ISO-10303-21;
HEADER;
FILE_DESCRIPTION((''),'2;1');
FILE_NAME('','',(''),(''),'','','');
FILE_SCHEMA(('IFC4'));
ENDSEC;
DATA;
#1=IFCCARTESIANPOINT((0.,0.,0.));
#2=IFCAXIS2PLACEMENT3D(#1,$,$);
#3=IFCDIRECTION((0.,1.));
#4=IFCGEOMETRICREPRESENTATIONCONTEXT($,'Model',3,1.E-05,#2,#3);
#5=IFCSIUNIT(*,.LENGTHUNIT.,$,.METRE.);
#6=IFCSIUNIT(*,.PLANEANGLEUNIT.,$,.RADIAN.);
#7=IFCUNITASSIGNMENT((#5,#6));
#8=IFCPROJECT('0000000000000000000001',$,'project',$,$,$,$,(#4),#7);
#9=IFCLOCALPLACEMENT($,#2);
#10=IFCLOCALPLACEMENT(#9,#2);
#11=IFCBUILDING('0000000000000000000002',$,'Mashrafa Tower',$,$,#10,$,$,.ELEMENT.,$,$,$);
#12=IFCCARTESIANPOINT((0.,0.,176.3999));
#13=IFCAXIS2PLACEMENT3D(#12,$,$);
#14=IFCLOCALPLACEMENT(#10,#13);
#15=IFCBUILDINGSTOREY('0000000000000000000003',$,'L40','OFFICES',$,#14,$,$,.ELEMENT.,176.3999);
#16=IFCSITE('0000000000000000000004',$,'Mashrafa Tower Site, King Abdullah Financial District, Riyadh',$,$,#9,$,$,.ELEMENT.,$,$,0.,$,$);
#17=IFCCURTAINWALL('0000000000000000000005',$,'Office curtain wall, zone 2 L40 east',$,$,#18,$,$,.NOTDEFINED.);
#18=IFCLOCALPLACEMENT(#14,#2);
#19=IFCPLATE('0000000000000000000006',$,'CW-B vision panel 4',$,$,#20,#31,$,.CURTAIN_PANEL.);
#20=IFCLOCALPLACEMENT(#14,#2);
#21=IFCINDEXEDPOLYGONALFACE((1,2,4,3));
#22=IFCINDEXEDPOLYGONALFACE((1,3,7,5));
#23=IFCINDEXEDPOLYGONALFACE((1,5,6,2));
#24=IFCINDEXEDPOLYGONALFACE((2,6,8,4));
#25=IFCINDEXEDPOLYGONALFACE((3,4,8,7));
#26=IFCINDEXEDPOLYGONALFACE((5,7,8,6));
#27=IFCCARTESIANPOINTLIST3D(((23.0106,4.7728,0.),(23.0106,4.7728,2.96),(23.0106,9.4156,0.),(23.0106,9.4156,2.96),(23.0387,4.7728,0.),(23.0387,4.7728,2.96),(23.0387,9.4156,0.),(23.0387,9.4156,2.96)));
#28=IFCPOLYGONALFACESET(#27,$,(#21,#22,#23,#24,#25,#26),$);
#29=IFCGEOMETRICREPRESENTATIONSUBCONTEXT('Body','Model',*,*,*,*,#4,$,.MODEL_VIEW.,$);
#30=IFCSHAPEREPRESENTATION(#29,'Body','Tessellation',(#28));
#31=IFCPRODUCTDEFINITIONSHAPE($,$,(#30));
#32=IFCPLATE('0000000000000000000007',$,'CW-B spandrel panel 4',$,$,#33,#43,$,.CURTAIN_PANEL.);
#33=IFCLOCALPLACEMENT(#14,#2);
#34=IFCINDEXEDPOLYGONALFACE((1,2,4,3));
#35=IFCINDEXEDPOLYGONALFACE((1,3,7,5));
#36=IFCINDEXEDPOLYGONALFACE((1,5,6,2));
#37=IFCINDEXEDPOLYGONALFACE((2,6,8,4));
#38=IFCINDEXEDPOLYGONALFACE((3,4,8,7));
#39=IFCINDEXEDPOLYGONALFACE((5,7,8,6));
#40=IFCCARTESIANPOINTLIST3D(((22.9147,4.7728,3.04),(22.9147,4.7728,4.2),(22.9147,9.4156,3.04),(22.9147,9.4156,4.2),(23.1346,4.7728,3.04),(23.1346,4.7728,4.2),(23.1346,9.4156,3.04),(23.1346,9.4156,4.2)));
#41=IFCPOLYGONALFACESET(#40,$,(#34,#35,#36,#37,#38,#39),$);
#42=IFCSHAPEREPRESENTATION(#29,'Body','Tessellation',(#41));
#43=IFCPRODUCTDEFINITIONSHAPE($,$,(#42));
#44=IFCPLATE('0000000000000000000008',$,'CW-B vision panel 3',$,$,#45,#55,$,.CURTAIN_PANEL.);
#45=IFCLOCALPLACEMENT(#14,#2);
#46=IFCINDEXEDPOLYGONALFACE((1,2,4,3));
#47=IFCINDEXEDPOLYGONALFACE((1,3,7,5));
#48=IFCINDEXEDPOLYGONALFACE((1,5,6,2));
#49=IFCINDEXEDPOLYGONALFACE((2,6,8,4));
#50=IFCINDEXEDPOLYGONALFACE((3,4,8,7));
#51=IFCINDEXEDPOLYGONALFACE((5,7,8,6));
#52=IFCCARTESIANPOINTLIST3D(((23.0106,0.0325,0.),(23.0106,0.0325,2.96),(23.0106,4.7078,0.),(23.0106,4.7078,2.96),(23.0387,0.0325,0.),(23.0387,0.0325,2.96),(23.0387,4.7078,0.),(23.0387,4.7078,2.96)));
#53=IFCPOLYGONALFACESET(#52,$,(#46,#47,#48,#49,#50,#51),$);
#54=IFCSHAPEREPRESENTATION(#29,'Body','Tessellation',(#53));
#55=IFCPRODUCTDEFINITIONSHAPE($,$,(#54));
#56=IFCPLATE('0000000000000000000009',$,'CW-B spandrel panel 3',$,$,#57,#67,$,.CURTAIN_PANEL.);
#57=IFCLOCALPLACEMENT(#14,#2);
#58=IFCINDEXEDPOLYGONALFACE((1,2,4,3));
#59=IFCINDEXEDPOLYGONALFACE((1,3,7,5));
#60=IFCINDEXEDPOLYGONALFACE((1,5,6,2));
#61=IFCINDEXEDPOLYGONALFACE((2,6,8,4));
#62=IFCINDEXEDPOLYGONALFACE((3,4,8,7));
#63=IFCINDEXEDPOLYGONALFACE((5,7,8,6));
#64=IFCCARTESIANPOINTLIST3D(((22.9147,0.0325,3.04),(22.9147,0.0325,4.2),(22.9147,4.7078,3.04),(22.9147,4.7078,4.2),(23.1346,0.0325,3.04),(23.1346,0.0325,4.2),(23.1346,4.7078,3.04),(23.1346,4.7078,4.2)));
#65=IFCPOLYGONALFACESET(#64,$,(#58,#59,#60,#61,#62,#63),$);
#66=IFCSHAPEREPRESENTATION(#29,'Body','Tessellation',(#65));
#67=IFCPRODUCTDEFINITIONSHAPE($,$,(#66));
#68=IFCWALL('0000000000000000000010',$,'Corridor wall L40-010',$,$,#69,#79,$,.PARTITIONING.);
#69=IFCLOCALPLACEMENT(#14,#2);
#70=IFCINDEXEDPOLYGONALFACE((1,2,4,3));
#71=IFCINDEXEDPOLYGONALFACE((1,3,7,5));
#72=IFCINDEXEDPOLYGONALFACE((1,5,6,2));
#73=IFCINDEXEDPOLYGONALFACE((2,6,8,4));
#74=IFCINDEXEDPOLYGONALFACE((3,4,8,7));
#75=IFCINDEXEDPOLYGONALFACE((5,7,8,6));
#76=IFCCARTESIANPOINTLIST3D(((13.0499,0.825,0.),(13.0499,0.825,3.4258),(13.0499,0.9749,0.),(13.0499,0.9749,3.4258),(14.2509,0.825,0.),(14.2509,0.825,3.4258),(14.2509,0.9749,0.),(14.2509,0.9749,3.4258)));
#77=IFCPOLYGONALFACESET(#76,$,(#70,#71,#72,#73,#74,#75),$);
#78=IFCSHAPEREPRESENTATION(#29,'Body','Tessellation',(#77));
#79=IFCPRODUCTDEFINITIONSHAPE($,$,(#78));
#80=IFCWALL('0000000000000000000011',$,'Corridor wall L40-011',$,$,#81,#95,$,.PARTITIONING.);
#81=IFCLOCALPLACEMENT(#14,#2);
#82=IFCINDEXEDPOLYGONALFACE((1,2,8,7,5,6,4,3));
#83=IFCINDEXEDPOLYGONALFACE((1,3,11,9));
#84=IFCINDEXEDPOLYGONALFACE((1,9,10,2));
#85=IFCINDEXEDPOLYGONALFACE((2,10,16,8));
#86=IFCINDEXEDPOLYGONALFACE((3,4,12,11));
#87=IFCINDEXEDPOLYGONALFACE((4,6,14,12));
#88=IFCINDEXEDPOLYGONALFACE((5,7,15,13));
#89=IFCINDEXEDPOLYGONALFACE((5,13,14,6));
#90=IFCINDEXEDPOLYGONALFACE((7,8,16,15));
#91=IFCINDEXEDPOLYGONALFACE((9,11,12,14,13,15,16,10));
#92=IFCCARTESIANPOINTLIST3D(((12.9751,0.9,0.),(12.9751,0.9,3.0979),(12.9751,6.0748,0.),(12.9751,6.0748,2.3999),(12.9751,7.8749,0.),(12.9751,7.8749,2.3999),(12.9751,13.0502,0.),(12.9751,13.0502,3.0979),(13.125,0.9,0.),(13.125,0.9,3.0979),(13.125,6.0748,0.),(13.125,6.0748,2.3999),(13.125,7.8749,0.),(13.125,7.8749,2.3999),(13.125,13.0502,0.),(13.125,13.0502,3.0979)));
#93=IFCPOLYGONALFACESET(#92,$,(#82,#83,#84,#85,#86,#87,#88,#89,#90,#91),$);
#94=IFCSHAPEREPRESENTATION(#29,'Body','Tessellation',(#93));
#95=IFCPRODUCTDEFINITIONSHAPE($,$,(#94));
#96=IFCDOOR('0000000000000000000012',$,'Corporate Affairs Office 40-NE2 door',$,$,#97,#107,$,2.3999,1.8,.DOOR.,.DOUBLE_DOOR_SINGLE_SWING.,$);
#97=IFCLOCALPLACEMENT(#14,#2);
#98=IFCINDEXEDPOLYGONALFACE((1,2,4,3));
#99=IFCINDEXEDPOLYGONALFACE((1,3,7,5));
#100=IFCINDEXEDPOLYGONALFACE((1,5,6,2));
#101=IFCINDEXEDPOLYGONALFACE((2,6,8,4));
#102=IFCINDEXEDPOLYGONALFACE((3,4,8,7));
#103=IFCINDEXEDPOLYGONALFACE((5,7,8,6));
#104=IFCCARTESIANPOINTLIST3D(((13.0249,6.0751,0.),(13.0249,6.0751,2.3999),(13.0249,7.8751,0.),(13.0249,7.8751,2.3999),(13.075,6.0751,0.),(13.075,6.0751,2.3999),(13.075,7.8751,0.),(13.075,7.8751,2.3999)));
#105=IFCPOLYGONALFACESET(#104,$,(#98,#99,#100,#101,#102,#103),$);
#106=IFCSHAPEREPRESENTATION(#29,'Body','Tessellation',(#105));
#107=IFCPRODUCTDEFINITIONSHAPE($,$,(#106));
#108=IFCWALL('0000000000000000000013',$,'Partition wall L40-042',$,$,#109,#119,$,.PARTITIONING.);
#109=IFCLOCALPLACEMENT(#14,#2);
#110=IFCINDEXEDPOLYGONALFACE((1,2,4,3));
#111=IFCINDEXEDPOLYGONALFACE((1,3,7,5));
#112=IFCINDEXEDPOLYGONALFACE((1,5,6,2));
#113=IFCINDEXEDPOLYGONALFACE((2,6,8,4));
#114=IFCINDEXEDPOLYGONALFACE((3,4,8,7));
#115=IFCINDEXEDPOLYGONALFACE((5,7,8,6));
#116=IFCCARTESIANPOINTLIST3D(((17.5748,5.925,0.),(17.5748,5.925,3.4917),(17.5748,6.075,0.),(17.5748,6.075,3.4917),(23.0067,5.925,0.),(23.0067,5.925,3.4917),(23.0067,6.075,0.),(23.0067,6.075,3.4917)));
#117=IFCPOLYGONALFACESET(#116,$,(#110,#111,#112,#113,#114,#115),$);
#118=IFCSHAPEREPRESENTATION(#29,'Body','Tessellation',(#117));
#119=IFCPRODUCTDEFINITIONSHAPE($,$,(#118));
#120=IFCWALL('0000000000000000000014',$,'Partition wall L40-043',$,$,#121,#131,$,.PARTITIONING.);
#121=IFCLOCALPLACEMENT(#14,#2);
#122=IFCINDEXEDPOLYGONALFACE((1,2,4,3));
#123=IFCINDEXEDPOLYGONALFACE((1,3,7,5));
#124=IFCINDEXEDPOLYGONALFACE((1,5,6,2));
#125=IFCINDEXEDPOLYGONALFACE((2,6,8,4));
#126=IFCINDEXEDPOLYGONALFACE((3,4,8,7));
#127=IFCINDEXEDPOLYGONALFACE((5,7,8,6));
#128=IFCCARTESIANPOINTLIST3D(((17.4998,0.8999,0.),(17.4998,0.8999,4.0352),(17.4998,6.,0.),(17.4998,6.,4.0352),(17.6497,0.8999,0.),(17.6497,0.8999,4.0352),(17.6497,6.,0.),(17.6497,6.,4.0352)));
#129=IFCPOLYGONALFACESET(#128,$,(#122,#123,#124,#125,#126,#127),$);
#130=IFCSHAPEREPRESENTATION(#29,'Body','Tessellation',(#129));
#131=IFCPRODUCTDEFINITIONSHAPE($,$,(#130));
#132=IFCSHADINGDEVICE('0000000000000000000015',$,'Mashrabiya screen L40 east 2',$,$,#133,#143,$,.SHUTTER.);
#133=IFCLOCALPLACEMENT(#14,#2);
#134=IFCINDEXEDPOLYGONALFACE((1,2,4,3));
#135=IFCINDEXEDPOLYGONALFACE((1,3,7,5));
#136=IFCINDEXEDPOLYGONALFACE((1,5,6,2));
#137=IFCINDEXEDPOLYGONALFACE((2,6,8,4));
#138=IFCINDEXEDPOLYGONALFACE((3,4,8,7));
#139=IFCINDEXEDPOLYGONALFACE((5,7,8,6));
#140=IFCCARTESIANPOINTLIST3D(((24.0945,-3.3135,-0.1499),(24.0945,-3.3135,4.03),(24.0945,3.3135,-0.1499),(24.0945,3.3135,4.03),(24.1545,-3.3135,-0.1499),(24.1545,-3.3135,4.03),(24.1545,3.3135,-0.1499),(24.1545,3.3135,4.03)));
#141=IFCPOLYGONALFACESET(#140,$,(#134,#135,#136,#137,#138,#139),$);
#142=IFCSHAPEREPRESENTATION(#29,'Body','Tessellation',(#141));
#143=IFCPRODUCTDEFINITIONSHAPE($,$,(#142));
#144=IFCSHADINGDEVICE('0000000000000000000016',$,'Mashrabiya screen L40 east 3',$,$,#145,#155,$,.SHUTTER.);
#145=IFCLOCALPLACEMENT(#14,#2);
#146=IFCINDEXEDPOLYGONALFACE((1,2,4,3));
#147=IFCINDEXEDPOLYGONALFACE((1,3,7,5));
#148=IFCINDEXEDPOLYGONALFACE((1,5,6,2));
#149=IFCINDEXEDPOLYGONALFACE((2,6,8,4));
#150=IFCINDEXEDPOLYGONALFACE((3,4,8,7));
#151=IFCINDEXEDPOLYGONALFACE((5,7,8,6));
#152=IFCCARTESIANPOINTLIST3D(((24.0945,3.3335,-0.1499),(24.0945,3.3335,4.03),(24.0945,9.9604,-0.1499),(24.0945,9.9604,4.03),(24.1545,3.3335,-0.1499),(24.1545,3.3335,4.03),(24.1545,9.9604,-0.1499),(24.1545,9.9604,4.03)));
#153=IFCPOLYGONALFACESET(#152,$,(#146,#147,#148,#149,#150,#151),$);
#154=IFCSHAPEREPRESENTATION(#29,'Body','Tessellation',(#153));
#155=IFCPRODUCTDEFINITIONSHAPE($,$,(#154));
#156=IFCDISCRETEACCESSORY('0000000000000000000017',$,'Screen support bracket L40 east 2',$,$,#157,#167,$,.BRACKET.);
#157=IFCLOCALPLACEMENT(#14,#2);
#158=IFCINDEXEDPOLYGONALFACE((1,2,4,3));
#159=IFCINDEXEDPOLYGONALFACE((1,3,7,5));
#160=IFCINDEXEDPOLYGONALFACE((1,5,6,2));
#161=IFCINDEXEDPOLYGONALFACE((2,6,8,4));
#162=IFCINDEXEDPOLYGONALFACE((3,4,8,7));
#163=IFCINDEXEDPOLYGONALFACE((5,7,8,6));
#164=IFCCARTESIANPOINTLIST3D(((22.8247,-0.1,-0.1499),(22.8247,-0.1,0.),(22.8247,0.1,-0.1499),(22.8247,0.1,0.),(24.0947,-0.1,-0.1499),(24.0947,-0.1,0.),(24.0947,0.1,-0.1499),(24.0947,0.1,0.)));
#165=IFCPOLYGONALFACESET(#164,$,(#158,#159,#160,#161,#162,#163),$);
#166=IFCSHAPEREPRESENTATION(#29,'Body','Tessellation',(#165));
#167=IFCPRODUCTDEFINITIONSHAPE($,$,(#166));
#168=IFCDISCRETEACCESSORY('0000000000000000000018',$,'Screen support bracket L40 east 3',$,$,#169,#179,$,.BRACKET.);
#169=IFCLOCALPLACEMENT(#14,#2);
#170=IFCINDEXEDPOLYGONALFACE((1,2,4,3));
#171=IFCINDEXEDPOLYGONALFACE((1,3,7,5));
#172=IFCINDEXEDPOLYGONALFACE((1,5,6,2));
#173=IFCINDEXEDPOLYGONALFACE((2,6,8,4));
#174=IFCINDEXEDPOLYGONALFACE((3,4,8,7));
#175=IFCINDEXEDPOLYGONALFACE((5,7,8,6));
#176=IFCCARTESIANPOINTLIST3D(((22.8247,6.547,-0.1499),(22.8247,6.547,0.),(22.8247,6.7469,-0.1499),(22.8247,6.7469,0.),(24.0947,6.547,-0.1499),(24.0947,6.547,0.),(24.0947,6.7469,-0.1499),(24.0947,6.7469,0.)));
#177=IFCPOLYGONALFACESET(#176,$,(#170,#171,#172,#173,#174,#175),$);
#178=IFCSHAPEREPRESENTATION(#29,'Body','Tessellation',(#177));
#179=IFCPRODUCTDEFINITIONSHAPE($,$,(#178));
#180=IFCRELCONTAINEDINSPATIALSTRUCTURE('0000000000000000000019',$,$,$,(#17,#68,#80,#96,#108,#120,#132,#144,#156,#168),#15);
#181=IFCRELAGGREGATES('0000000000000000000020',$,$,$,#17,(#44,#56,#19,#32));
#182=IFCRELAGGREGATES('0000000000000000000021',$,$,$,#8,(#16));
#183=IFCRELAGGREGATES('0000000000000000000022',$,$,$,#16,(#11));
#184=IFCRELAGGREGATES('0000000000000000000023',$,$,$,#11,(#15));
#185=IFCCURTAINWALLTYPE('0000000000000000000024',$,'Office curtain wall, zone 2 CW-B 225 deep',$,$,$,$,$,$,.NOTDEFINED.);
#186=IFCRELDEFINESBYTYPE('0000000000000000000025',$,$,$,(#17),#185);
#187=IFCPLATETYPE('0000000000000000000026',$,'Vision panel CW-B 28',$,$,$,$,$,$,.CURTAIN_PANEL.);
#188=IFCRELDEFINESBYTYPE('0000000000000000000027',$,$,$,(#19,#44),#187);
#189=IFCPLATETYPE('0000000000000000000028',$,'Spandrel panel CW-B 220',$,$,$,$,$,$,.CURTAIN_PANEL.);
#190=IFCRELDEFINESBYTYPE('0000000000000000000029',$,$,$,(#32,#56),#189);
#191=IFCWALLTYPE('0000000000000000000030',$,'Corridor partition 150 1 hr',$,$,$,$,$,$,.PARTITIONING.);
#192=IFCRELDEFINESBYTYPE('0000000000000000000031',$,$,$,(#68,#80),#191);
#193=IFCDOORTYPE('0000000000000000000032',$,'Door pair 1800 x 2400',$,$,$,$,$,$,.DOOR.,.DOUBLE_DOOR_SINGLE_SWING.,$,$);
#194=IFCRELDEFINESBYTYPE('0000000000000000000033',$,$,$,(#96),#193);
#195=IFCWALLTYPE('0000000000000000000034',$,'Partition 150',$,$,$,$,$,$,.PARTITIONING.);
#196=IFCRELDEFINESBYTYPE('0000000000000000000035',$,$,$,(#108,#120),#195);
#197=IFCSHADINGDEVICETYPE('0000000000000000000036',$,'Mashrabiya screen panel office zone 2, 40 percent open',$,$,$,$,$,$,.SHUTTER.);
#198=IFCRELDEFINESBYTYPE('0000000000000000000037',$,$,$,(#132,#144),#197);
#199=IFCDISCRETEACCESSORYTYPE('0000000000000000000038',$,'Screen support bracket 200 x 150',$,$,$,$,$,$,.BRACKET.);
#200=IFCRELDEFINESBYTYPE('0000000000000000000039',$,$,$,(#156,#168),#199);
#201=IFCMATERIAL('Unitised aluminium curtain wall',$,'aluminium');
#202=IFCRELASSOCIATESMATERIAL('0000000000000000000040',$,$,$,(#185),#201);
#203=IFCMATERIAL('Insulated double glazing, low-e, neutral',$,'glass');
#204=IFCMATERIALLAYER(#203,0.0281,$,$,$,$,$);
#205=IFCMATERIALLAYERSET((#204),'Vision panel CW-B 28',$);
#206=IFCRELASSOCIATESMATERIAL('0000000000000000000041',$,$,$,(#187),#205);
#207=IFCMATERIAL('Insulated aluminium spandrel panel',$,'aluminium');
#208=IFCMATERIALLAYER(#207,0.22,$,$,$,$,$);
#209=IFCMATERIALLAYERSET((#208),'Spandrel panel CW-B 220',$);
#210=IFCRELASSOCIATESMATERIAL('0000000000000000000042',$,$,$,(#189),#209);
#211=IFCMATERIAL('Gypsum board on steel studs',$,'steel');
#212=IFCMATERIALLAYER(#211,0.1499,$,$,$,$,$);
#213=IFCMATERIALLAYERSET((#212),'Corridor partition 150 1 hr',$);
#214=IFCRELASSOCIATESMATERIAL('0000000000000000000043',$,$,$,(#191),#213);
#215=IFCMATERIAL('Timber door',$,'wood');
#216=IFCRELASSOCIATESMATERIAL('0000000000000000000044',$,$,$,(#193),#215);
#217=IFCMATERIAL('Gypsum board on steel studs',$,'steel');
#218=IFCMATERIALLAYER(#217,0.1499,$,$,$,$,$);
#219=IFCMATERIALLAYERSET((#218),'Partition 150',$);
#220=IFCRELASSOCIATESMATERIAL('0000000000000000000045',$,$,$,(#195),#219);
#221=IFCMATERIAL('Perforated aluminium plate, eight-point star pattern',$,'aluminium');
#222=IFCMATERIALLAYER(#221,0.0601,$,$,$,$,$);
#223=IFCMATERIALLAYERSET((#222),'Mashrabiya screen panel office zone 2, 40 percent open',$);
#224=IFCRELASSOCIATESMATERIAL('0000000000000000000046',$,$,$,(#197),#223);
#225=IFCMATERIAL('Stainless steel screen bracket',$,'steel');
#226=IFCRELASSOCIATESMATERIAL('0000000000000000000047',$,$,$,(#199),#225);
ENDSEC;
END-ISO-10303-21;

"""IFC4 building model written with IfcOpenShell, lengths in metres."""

from ifc_helpers import new_model, si_unit, direction, frame, frame_2d, origin, origin_2d, place, context, subcontext, project, spatial, rectangle, extrude, source, transform, mapped, material, layer, layer_set, type_object, type_shapes, element, fill, aggregate, save


model = new_model("IFC4")

# Units and contexts
model_context = context("Model", 3, precision=1e-05, world=origin(), true_north=direction((0.0, 1.0)))
body_context = subcontext(model_context, "Body", "Model", "MODEL_VIEW")
ifc_project = project(units=[si_unit("LENGTHUNIT", "METRE"), si_unit("PLANEANGLEUNIT", "RADIAN")], contexts=[model_context])

# Site, building, storey
site_placement = place(None, origin())
site = spatial("IfcSite", under=ifc_project, at=site_placement, Name="Mashrafa Tower Site, King Abdullah Financial District, Riyadh", CompositionType="ELEMENT", RefElevation=0.0)
building_placement = place(site_placement, origin())
building = spatial("IfcBuilding", under=site, at=building_placement, Name="Mashrafa Tower", CompositionType="ELEMENT")
storey_placement = place(building_placement, frame((0.0, 0.0, 176.3999)))
storey = spatial("IfcBuildingStorey", under=building, at=storey_placement, Name="L40", Description="OFFICES", CompositionType="ELEMENT", Elevation=176.3999)

# Curtain wall
ifc_material_1 = material(Name="Unitised aluminium curtain wall", Category="aluminium")
curtain_wall_type = type_object("IfcCurtainWallType", Name="Office curtain wall, zone 2 CW-B 225 deep", PredefinedType="NOTDEFINED", material=ifc_material_1)
curtain_wall_1_placement = place(storey_placement, origin())
curtain_wall_1 = element("IfcCurtainWall", 1, at=curtain_wall_1_placement, inside=storey, type_object=curtain_wall_type, Name="Office curtain wall, zone 2 L40 east", PredefinedType="NOTDEFINED")

# Plates
ifc_material_2 = material(Name="Insulated double glazing, low-e, neutral", Category="glass")
ifc_layer_1 = layer(ifc_material_2, 0.0281)
ifc_layer_set_1 = layer_set([ifc_layer_1], Name="Vision panel CW-B 28")
plate_type_1 = type_object("IfcPlateType", Name="Vision panel CW-B 28", PredefinedType="CURTAIN_PANEL", material=ifc_layer_set_1)
shared_shape_1 = source(origin(), body_context, "Body", "SweptSolid", [
    extrude(rectangle(XDim=4.6428, YDim=0.0281, at=origin_2d()), origin(), (0.0, 0.0, 1.0), 2.96),
])
plate_1_placement = place(storey_placement, frame((23.0247, 7.0942, 0.0), z_axis=(0.0, 0.0, 1.0), x_axis=(0.0, 1.0, 0.0)))
plate_1 = element("IfcPlate", 2, at=plate_1_placement, type_object=plate_type_1, Name="CW-B vision panel 4", PredefinedType="CURTAIN_PANEL", context=body_context, shape_type="MappedRepresentation", body=[
    mapped(shared_shape_1, transform((0.0, 0.0, 0.0))),
])
ifc_material_3 = material(Name="Insulated aluminium spandrel panel", Category="aluminium")
ifc_layer_2 = layer(ifc_material_3, 0.22)
ifc_layer_set_2 = layer_set([ifc_layer_2], Name="Spandrel panel CW-B 220")
plate_type_2 = type_object("IfcPlateType", Name="Spandrel panel CW-B 220", PredefinedType="CURTAIN_PANEL", material=ifc_layer_set_2)
shared_shape_2 = source(origin(), body_context, "Body", "SweptSolid", [
    extrude(rectangle(XDim=4.6428, YDim=0.22, at=origin_2d()), origin(), (0.0, 0.0, 1.0), 1.1599),
])
plate_2_placement = place(storey_placement, frame((23.0247, 7.0942, 3.04), z_axis=(0.0, 0.0, 1.0), x_axis=(0.0, 1.0, 0.0)))
plate_2 = element("IfcPlate", 3, at=plate_2_placement, type_object=plate_type_2, Name="CW-B spandrel panel 4", PredefinedType="CURTAIN_PANEL", context=body_context, shape_type="MappedRepresentation", body=[
    mapped(shared_shape_2, transform((0.0, 0.0, 0.0))),
])
shared_shape_3 = source(origin(), body_context, "Body", "SweptSolid", [
    extrude(rectangle(XDim=4.6753, YDim=0.0281, at=origin_2d()), origin(), (0.0, 0.0, 1.0), 2.96),
])
type_shapes(plate_type_1, [shared_shape_1, shared_shape_3])
plate_3_placement = place(storey_placement, frame((23.0247, 2.3701, 0.0), z_axis=(0.0, 0.0, 1.0), x_axis=(0.0, 1.0, 0.0)))
plate_3 = element("IfcPlate", 4, at=plate_3_placement, type_object=plate_type_1, Name="CW-B vision panel 3", PredefinedType="CURTAIN_PANEL", context=body_context, shape_type="MappedRepresentation", body=[
    mapped(shared_shape_3, transform((0.0, 0.0, 0.0))),
])
shared_shape_4 = source(origin(), body_context, "Body", "SweptSolid", [
    extrude(rectangle(XDim=4.6753, YDim=0.22, at=origin_2d()), origin(), (0.0, 0.0, 1.0), 1.1599),
])
type_shapes(plate_type_2, [shared_shape_2, shared_shape_4])
plate_4_placement = place(storey_placement, frame((23.0247, 2.3701, 3.04), z_axis=(0.0, 0.0, 1.0), x_axis=(0.0, 1.0, 0.0)))
plate_4 = element("IfcPlate", 5, at=plate_4_placement, type_object=plate_type_2, Name="CW-B spandrel panel 3", PredefinedType="CURTAIN_PANEL", context=body_context, shape_type="MappedRepresentation", body=[
    mapped(shared_shape_4, transform((0.0, 0.0, 0.0))),
])
aggregate(curtain_wall_1, [plate_3, plate_4, plate_1, plate_2])

# Shared definitions
ifc_material_4 = material(Name="Gypsum board on steel studs", Category="steel")
ifc_layer_3 = layer(ifc_material_4, 0.1499)
ifc_layer_set_3 = layer_set([ifc_layer_3], Name="Corridor partition 150 1 hr")
wall_type_1 = type_object("IfcWallType", Name="Corridor partition 150 1 hr", PredefinedType="PARTITIONING", material=ifc_layer_set_3)
ifc_material_5 = material(Name="Timber door", Category="wood")
door_type = type_object("IfcDoorType", Name="Door pair 1800 x 2400", OperationType="DOUBLE_DOOR_SINGLE_SWING", PredefinedType="DOOR", material=ifc_material_5)

# Wall
wall_1_placement = place(storey_placement, frame((14.251, 0.8999, 0.0), z_axis=(0.0, 0.0, 1.0), x_axis=(-1.0, 0.0, 0.0)))
element("IfcWall", 6, at=wall_1_placement, inside=storey, type_object=wall_type_1, Name="Corridor wall L40-010", PredefinedType="PARTITIONING", context=body_context, shape_type="SweptSolid", body=[
    extrude(rectangle(XDim=1.2009, YDim=0.1499, at=frame_2d((0.6006, 0.0))), origin(), (0.0, 0.0, 1.0), 3.4258),
])

# Wall, opening, door
wall_2_placement = place(storey_placement, frame((13.05, 0.8999, 0.0), z_axis=(0.0, 0.0, 1.0), x_axis=(0.0, 1.0, 0.0)))
wall_2 = element("IfcWall", 7, at=wall_2_placement, inside=storey, type_object=wall_type_1, Name="Corridor wall L40-011", PredefinedType="PARTITIONING", context=body_context, shape_type="SweptSolid", body=[
    extrude(rectangle(XDim=12.1501, YDim=0.1499, at=frame_2d((6.0752, 0.0))), origin(), (0.0, 0.0, 1.0), 3.0979),
])
opening_1_placement = place(wall_2_placement, frame((5.175, 0.0, 0.0)))
opening_1 = element("IfcOpeningElement", 8, at=opening_1_placement, cuts=wall_2, PredefinedType="OPENING", context=body_context, shape_type="SweptSolid", body=[
    extrude(rectangle(XDim=1.8, YDim=2.3999, at=frame_2d((0.8999, 1.2))), frame((0.0, 0.085, 0.0), z_axis=(0.0, -1.0, 0.0), x_axis=(1.0, 0.0, 0.0)), (0.0, 0.0, 1.0), 0.1699),
])
door_1_placement = place(opening_1_placement, frame((1.8, 0.0, 0.0), z_axis=(0.0, 0.0, 1.0), x_axis=(-1.0, 0.0, 0.0)))
door_1 = element("IfcDoor", 9, at=door_1_placement, inside=storey, type_object=door_type, Name="Corporate Affairs Office 40-NE2 door", OperationType="DOUBLE_DOOR_SINGLE_SWING", OverallHeight=2.3999, OverallWidth=1.8, PredefinedType="DOOR", context=body_context, shape_type="SweptSolid", body=[
    extrude(rectangle(XDim=1.8, YDim=2.3999, at=frame_2d((0.8999, 1.2))), frame((0.0, 0.0249, 0.0), z_axis=(0.0, -1.0, 0.0), x_axis=(1.0, 0.0, 0.0)), (0.0, 0.0, 1.0), 0.05),
])
fill(opening_1, door_1)

# Walls
ifc_material_6 = material(Name="Gypsum board on steel studs", Category="steel")
ifc_layer_4 = layer(ifc_material_6, 0.1499)
ifc_layer_set_4 = layer_set([ifc_layer_4], Name="Partition 150")
wall_type_2 = type_object("IfcWallType", Name="Partition 150", PredefinedType="PARTITIONING", material=ifc_layer_set_4)
wall_3_placement = place(storey_placement, frame((23.0066, 6.0, 0.0), z_axis=(0.0, 0.0, 1.0), x_axis=(-1.0, 0.0, 0.0)))
element("IfcWall", 10, at=wall_3_placement, inside=storey, type_object=wall_type_2, Name="Partition wall L40-042", PredefinedType="PARTITIONING", context=body_context, shape_type="SweptSolid", body=[
    extrude(rectangle(XDim=5.4319, YDim=0.1499, at=frame_2d((2.7158, 0.0))), origin(), (0.0, 0.0, 1.0), 3.4917),
])
wall_4_placement = place(storey_placement, frame((17.5747, 6.0, 0.0), z_axis=(0.0, 0.0, 1.0), x_axis=(0.0, -1.0, 0.0)))
element("IfcWall", 11, at=wall_4_placement, inside=storey, type_object=wall_type_2, Name="Partition wall L40-043", PredefinedType="PARTITIONING", context=body_context, shape_type="SweptSolid", body=[
    extrude(rectangle(XDim=5.1001, YDim=0.1499, at=frame_2d((2.55, 0.0))), origin(), (0.0, 0.0, 1.0), 4.0352),
])

# Shading devices
ifc_material_7 = material(Name="Perforated aluminium plate, eight-point star pattern", Category="aluminium")
ifc_layer_5 = layer(ifc_material_7, 0.0601)
ifc_layer_set_5 = layer_set([ifc_layer_5], Name="Mashrabiya screen panel office zone 2, 40 percent open")
shading_device_type = type_object("IfcShadingDeviceType", Name="Mashrabiya screen panel office zone 2, 40 percent open", PredefinedType="SHUTTER", material=ifc_layer_set_5)
shared_shape_5 = source(origin(), body_context, "Body", "SweptSolid", [
    extrude(rectangle(XDim=6.627, YDim=0.0601, at=origin_2d()), origin(), (0.0, 0.0, 1.0), 4.1799),
])
type_shapes(shading_device_type, [shared_shape_5])
for number, where, z_axis, x_axis, name in (
    (12, (24.1245, 0.0, -0.1499), (0.0, 0.0, 1.0), (0.0, 1.0, 0.0), "Mashrabiya screen L40 east 2"),
    (13, (24.1245, 6.647, -0.1499), (0.0, 0.0, 1.0), (0.0, 1.0, 0.0), "Mashrabiya screen L40 east 3"),
):
    element("IfcShadingDevice", number, at=place(storey_placement, frame(where, z_axis=z_axis, x_axis=x_axis)), inside=storey, type_object=shading_device_type, Name=name, PredefinedType="SHUTTER", context=body_context, shape_type="MappedRepresentation", body=[
        mapped(shared_shape_5, transform((0.0, 0.0, 0.0))),
    ])

# Discrete accessories
ifc_material_8 = material(Name="Stainless steel screen bracket", Category="steel")
discrete_accessory_type = type_object("IfcDiscreteAccessoryType", Name="Screen support bracket 200 x 150", PredefinedType="BRACKET", material=ifc_material_8)
shared_shape_6 = source(origin(), body_context, "Body", "SweptSolid", [
    extrude(rectangle(XDim=0.2, YDim=1.27, at=origin_2d()), origin(), (0.0, 0.0, 1.0), 0.1499),
])
type_shapes(discrete_accessory_type, [shared_shape_6])
for number, where, z_axis, x_axis, name in (
    (14, (23.4597, 0.0, -0.1499), (0.0, 0.0, 1.0), (0.0, 1.0, 0.0), "Screen support bracket L40 east 2"),
    (15, (23.4597, 6.647, -0.1499), (0.0, 0.0, 1.0), (0.0, 1.0, 0.0), "Screen support bracket L40 east 3"),
):
    element("IfcDiscreteAccessory", number, at=place(storey_placement, frame(where, z_axis=z_axis, x_axis=x_axis)), inside=storey, type_object=discrete_accessory_type, Name=name, PredefinedType="BRACKET", context=body_context, shape_type="MappedRepresentation", body=[
        mapped(shared_shape_6, transform((0.0, 0.0, 0.0))),
    ])

save(model, "model.ifc")
